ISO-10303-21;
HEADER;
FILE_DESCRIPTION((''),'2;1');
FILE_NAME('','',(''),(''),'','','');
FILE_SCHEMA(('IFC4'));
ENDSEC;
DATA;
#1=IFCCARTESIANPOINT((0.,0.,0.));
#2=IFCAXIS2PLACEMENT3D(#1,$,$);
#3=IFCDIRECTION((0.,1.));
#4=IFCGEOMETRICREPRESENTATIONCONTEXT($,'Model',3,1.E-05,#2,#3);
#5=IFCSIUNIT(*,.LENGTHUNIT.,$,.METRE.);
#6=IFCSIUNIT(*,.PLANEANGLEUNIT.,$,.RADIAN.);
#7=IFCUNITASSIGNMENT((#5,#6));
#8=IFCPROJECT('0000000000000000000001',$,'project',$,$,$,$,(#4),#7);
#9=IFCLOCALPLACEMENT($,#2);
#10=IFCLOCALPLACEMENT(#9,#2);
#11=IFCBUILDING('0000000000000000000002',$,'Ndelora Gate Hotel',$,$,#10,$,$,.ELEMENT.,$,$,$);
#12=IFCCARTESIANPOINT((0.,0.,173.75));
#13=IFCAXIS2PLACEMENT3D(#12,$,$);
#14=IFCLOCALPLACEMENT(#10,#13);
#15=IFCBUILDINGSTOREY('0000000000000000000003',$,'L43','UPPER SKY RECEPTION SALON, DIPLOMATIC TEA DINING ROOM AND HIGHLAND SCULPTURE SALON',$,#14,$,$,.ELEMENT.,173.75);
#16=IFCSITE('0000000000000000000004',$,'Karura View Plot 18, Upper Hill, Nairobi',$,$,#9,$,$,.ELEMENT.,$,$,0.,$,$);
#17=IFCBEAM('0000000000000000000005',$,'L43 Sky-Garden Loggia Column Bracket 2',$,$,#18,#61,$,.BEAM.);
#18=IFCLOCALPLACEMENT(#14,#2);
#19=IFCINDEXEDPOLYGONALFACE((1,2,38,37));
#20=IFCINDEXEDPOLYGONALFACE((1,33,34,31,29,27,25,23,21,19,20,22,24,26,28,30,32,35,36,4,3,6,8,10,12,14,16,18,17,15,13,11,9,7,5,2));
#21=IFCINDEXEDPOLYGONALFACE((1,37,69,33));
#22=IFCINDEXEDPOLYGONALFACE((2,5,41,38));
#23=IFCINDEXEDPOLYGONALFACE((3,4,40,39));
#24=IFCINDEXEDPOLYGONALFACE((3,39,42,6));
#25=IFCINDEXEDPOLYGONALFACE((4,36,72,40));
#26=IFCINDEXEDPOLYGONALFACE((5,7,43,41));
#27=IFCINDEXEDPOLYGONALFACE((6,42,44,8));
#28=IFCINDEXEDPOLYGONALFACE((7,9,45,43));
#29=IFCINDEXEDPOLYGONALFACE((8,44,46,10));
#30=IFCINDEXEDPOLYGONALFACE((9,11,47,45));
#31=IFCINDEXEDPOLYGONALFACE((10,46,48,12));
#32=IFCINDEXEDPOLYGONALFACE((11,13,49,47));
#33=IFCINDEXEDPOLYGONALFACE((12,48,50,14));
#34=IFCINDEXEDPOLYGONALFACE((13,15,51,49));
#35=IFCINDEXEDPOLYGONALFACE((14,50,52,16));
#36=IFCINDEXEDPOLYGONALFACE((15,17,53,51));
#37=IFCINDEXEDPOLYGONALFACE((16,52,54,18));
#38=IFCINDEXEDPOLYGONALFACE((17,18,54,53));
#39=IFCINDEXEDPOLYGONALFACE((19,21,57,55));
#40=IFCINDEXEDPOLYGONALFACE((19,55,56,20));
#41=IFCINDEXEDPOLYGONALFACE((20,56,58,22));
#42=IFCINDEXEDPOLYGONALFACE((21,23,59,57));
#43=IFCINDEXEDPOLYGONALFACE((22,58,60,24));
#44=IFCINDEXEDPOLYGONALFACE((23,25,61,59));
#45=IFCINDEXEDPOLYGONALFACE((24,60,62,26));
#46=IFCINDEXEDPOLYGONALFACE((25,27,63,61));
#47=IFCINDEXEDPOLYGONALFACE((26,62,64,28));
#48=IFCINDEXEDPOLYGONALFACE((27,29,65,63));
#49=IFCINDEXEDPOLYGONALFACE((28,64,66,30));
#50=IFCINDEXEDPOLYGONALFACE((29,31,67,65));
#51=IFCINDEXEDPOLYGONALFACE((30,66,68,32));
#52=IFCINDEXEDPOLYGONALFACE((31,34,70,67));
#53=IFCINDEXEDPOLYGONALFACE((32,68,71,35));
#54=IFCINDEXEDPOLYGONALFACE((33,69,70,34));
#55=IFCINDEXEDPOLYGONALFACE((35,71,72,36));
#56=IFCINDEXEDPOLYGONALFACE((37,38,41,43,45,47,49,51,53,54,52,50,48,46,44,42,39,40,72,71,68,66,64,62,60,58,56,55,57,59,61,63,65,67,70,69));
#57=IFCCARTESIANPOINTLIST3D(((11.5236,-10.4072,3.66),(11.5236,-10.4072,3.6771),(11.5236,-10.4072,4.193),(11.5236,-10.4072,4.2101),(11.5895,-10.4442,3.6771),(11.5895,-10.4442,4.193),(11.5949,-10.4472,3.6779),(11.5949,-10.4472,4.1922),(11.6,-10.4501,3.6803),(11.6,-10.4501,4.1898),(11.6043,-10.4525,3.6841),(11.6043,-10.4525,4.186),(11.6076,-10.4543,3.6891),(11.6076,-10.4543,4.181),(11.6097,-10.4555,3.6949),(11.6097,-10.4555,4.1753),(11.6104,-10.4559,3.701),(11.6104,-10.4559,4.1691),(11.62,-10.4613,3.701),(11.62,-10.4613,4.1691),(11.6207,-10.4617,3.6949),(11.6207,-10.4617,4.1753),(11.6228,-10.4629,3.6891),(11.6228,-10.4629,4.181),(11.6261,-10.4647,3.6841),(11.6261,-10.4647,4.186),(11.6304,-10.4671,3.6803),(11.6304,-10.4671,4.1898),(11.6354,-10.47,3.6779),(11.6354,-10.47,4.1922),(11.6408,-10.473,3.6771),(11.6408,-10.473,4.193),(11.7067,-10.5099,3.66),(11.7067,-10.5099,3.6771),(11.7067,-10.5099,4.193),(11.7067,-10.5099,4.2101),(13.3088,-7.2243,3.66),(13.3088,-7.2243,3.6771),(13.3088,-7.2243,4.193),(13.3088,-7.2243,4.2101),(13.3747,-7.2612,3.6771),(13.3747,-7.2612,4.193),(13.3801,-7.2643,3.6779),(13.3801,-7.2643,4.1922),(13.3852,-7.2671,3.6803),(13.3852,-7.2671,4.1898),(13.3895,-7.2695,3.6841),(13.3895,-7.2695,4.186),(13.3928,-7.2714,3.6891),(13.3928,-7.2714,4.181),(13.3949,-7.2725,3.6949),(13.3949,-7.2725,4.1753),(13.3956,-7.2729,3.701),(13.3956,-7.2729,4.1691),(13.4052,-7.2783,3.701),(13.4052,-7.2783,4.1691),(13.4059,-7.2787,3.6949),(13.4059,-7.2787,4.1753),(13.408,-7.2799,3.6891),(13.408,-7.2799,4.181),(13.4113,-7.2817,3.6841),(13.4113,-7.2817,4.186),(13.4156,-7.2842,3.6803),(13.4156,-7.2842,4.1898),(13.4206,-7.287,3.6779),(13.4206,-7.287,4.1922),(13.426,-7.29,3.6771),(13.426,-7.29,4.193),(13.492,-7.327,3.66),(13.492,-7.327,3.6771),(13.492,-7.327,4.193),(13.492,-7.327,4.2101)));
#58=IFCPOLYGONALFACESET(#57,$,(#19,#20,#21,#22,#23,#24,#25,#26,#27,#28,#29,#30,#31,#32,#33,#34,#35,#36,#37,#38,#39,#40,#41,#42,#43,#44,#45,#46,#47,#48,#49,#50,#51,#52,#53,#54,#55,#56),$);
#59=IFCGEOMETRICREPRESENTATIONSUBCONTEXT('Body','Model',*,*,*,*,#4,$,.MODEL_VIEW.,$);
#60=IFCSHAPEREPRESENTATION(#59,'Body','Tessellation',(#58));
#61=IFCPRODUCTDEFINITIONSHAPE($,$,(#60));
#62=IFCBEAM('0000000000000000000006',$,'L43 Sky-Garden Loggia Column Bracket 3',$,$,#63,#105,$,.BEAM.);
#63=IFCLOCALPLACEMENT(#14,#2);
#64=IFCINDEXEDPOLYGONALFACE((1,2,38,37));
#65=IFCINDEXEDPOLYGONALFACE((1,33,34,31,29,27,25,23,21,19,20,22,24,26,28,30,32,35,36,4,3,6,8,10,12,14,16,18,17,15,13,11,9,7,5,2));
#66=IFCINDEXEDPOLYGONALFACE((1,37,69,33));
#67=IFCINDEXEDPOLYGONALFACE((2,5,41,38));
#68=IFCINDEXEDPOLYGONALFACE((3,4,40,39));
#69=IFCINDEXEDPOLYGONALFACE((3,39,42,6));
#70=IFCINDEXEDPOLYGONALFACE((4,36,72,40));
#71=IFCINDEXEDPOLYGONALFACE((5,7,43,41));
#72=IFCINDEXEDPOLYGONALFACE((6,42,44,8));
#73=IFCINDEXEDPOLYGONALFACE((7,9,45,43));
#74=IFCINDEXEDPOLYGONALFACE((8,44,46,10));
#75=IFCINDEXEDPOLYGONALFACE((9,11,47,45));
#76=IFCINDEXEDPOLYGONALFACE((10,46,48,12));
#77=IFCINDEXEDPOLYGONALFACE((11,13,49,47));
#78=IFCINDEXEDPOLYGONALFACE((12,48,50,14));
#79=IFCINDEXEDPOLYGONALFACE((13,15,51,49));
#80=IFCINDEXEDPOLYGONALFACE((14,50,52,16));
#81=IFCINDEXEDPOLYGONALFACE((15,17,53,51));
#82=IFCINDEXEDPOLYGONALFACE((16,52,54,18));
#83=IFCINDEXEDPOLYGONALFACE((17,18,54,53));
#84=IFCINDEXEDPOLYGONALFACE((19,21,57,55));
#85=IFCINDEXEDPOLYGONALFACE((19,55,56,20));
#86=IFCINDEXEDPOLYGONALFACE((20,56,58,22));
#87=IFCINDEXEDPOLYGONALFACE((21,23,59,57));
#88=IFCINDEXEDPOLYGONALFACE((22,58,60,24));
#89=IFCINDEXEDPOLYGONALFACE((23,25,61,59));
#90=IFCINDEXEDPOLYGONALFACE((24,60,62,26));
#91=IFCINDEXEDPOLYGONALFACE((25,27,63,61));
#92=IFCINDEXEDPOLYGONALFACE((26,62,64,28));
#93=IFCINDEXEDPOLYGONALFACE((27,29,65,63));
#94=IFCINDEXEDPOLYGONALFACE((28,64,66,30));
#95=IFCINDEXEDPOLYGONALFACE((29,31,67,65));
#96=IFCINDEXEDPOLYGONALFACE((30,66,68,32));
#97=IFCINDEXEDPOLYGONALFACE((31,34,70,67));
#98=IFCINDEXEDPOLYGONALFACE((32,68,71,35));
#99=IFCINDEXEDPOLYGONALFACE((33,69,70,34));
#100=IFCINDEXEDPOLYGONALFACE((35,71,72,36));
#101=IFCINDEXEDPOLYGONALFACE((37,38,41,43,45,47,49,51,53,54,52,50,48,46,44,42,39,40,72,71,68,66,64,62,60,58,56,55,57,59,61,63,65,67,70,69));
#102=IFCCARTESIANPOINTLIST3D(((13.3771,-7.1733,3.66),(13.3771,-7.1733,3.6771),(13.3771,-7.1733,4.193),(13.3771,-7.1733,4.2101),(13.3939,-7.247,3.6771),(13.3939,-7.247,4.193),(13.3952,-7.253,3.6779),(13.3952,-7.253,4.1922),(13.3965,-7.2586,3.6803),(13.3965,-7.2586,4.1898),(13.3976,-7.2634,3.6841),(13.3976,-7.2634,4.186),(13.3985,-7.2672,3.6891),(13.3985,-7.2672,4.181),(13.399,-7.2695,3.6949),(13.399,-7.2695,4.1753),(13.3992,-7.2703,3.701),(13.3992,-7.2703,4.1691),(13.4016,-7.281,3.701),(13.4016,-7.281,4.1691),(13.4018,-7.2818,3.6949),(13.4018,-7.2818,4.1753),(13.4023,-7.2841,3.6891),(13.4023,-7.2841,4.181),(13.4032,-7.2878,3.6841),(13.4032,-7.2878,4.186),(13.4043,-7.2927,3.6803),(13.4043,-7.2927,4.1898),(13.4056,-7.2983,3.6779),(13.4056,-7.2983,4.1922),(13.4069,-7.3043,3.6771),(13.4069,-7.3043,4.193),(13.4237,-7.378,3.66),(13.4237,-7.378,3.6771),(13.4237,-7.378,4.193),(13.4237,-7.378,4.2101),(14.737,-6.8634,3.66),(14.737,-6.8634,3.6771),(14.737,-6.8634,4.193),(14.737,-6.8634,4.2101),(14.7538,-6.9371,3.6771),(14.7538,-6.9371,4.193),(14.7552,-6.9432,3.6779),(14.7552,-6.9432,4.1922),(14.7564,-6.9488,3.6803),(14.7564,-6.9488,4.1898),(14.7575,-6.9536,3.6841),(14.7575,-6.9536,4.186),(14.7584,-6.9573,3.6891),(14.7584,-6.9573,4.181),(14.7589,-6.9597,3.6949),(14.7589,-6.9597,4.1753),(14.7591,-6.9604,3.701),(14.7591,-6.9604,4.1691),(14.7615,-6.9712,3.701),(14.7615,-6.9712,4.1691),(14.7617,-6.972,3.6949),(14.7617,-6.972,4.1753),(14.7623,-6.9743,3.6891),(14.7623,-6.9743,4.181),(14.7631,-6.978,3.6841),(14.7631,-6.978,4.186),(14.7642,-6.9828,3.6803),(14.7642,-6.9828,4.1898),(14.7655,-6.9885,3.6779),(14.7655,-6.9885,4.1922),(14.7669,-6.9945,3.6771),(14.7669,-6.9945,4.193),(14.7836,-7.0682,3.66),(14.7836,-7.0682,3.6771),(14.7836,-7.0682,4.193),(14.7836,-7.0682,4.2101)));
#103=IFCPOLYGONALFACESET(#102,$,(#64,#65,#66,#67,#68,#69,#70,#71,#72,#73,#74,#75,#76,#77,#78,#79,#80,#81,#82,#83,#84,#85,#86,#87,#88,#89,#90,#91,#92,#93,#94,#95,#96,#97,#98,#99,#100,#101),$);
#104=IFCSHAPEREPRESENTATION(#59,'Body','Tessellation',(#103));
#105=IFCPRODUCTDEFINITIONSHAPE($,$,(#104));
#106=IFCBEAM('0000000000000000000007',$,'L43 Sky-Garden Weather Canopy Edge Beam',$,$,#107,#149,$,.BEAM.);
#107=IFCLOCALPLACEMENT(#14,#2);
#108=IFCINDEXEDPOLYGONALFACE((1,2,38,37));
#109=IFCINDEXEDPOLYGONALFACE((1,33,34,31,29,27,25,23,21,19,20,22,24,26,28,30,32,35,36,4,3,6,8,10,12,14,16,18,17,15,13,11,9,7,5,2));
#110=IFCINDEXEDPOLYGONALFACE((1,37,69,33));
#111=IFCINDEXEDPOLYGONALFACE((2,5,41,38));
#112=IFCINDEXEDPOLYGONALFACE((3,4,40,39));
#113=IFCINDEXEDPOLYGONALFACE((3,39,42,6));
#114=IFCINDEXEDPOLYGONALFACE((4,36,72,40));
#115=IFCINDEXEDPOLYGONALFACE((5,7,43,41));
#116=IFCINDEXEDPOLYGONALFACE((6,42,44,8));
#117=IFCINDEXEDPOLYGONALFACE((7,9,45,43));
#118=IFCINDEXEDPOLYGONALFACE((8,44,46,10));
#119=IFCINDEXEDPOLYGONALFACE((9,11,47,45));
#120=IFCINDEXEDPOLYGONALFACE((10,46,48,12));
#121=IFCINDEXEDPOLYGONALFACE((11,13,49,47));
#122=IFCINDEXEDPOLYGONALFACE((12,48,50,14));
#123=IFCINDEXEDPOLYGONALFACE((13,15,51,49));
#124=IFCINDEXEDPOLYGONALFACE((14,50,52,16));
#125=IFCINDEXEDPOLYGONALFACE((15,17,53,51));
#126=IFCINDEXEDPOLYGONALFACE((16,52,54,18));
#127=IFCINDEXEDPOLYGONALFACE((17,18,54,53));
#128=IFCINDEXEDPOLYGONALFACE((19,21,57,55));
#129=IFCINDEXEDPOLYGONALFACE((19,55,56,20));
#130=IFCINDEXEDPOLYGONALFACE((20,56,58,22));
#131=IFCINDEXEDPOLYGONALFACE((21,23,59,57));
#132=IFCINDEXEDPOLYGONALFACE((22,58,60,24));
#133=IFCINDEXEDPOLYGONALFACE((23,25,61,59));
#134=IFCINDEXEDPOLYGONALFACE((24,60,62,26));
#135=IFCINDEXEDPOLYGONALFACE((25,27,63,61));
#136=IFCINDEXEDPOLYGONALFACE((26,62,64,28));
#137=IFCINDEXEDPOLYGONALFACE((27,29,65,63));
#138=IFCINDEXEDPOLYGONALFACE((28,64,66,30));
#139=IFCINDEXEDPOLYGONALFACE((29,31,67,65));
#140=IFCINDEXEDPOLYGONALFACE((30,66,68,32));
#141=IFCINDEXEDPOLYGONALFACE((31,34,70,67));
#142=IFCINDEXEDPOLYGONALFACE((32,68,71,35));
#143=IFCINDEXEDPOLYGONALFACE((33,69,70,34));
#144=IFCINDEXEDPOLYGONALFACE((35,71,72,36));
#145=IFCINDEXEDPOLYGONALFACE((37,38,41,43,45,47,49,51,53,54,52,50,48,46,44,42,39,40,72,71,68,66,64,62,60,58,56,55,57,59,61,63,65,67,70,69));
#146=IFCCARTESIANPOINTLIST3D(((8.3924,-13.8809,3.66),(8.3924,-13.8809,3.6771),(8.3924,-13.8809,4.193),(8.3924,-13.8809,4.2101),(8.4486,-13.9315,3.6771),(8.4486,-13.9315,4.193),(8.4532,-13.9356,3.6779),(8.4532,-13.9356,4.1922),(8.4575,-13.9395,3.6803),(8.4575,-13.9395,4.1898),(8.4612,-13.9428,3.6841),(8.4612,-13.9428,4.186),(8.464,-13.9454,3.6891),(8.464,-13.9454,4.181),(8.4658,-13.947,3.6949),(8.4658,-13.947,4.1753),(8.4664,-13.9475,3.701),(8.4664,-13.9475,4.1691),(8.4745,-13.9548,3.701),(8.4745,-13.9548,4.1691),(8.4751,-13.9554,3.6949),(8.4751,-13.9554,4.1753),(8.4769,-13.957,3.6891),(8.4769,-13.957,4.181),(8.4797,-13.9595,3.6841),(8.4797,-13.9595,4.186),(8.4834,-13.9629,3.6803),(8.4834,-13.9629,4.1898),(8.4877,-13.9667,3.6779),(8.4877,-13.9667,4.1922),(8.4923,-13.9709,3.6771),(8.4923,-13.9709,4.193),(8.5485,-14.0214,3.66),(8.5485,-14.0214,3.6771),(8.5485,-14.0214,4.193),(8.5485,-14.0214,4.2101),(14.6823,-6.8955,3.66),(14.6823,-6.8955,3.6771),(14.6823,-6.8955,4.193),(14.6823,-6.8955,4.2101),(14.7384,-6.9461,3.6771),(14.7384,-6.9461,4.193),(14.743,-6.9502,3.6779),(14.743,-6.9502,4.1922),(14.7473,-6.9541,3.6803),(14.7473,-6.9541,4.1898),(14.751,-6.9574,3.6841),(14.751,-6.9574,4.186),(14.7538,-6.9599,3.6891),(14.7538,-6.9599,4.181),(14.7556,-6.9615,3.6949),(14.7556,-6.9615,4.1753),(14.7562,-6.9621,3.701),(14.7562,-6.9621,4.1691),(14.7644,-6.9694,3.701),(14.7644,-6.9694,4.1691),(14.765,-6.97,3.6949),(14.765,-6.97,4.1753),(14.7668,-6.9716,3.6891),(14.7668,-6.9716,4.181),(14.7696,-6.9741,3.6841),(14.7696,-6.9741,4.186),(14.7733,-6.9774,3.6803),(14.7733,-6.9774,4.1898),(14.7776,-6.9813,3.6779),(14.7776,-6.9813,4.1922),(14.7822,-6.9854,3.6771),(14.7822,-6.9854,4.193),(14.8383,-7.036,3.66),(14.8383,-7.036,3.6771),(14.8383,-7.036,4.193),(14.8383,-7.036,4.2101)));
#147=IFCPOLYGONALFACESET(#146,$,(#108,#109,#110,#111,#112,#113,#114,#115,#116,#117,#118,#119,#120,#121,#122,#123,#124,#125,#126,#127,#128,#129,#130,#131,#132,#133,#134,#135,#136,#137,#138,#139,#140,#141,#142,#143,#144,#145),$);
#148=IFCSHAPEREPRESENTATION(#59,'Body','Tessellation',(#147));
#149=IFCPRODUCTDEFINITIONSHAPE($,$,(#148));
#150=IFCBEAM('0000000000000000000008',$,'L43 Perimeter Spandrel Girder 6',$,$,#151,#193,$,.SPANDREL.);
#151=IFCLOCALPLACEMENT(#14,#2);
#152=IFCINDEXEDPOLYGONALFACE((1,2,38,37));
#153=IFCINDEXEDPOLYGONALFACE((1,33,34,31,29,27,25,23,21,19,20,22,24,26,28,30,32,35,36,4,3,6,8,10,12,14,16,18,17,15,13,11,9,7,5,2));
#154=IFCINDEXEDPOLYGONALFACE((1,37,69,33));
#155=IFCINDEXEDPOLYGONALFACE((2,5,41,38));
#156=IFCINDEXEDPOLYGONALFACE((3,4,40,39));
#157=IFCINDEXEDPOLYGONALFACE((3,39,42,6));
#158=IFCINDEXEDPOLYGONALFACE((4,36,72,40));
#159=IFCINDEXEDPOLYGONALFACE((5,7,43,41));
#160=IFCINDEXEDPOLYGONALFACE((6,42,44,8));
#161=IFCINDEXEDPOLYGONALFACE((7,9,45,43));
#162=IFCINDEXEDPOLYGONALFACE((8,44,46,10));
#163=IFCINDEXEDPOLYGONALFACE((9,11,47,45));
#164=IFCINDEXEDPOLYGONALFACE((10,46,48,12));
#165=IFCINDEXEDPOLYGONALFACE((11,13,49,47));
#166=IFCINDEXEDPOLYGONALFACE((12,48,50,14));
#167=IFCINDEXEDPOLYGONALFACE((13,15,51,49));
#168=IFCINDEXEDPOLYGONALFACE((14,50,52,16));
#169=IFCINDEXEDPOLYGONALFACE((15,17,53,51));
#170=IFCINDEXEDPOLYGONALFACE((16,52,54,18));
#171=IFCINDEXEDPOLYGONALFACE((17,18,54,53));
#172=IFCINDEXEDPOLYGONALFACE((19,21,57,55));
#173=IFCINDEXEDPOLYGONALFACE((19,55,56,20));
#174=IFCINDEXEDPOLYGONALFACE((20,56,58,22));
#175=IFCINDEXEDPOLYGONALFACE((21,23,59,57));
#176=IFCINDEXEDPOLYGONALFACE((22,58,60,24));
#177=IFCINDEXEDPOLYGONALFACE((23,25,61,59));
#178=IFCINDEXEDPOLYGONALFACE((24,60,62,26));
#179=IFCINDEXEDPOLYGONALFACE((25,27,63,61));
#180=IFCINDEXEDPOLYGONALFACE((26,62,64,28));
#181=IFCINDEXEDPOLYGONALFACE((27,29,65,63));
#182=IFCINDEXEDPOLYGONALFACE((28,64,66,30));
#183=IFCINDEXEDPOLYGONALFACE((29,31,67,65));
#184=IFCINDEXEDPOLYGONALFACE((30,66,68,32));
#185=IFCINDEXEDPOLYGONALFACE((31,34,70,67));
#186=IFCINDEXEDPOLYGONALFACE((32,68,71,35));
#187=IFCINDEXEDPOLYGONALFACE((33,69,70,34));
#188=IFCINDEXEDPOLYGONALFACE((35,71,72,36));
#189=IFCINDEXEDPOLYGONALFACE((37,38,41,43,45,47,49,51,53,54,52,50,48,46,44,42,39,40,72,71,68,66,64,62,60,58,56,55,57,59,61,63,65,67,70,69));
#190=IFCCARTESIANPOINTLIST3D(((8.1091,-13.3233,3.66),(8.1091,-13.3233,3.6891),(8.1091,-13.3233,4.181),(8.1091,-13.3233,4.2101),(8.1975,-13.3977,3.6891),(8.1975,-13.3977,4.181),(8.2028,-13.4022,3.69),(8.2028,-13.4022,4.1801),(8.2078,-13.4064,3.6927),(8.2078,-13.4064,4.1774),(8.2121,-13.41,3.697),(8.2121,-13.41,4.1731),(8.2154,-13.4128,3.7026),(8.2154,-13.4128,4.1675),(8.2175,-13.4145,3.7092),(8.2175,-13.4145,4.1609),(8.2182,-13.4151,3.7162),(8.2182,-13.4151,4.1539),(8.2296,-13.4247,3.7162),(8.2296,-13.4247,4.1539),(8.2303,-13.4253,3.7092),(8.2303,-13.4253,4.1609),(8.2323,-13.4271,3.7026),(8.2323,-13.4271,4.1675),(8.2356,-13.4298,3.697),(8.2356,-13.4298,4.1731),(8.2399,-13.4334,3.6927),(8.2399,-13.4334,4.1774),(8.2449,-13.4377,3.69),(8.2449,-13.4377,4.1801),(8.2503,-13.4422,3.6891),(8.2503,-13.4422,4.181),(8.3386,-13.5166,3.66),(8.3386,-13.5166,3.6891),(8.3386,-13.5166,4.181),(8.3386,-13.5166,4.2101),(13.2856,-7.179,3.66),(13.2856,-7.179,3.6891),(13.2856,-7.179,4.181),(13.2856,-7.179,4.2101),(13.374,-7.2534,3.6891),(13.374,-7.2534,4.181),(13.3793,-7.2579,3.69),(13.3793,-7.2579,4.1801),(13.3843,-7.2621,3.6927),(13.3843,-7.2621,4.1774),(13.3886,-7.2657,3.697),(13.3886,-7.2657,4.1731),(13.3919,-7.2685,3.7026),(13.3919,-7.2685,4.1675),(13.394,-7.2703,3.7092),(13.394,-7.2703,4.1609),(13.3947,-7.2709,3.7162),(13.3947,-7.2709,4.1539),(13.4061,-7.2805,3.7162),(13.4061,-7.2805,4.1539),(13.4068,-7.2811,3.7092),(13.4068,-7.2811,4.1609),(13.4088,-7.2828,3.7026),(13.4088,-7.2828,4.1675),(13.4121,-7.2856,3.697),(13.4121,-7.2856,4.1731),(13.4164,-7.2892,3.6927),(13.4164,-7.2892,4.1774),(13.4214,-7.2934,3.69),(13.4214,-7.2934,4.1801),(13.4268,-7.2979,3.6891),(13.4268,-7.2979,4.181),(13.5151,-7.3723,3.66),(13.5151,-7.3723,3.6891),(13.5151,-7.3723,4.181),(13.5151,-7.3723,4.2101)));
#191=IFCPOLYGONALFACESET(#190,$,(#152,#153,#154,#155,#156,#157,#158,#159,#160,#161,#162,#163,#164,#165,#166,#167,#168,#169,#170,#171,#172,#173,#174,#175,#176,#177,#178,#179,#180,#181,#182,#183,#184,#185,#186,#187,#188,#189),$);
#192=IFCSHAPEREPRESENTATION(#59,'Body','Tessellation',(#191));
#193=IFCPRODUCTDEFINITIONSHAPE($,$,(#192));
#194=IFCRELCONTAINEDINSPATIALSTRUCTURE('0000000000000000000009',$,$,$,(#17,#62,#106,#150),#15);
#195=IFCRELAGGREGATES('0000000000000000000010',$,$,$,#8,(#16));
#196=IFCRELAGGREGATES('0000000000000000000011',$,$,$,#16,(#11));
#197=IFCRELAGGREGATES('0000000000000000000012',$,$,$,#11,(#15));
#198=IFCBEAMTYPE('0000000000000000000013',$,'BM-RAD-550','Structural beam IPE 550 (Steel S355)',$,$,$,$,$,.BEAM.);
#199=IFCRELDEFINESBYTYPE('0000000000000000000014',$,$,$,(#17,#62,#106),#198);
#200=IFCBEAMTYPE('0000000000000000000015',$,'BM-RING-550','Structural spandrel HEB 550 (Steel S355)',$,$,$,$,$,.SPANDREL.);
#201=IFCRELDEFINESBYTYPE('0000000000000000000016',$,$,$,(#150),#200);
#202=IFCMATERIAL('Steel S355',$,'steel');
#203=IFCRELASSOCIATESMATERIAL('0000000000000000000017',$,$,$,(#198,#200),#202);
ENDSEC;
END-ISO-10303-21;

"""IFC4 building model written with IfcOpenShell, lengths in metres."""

from ifc_helpers import new_model, si_unit, direction, frame, origin, origin_2d, place, context, subcontext, project, spatial, i_section, extrude, material, material_profile, profile_set, type_object, element, save


model = new_model("IFC4")

# Units and contexts
model_context = context("Model", 3, precision=1e-05, world=origin(), true_north=direction((0.0, 1.0)))
body_context = subcontext(model_context, "Body", "Model", "MODEL_VIEW")
ifc_project = project(units=[si_unit("LENGTHUNIT", "METRE"), si_unit("PLANEANGLEUNIT", "RADIAN")], contexts=[model_context])

# Site, building, storey
site_placement = place(None, origin())
site = spatial("IfcSite", under=ifc_project, at=site_placement, Name="Karura View Plot 18, Upper Hill, Nairobi", CompositionType="ELEMENT", RefElevation=0.0)
building_placement = place(site_placement, origin())
building = spatial("IfcBuilding", under=site, at=building_placement, Name="Ndelora Gate Hotel", CompositionType="ELEMENT")
storey_placement = place(building_placement, frame((0.0, 0.0, 173.75)))
storey = spatial("IfcBuildingStorey", under=building, at=storey_placement, Name="L43", Description="UPPER SKY RECEPTION SALON, DIPLOMATIC TEA DINING ROOM AND HIGHLAND SCULPTURE SALON", CompositionType="ELEMENT", Elevation=173.75)

# Beams
ifc_material_1 = material(Name="Steel S355", Category="steel")
ifc_material_profile_1 = material_profile(ifc_material_1, i_section(OverallWidth=0.21, OverallDepth=0.55, WebThickness=0.011, FlangeThickness=0.0171, FilletRadius=0.0239, at=origin_2d()), Name="IPE 550")
ifc_profile_set_1 = profile_set([ifc_material_profile_1], Name="Steel S355")
beam_type_1 = type_object("IfcBeamType", Name="BM-RAD-550", Description="Structural beam IPE 550 (Steel S355)", PredefinedType="BEAM", material=ifc_profile_set_1)
beam_1_placement = place(storey_placement, frame((13.4004, -7.2756, 3.9351), z_axis=(-0.489178, -0.872184, 0.0), x_axis=(0.872184, -0.489178, 0.0)))
element("IfcBeam", 1, at=beam_1_placement, inside=storey, type_object=beam_type_1, Name="L43 Sky-Garden Loggia Column Bracket 2", PredefinedType="BEAM", context=body_context, shape_type="SweptSolid", body=[
    extrude(i_section(OverallWidth=0.21, OverallDepth=0.55, WebThickness=0.011, FlangeThickness=0.0171, FilletRadius=0.0239, at=origin_2d()), origin(), (0.0, 0.0, 1.0), 3.6494),
])
beam_2_placement = place(storey_placement, frame((13.4004, -7.2756, 3.9351), z_axis=(0.975016, 0.222136, 0.0), x_axis=(-0.222136, 0.975016, 0.0)))
element("IfcBeam", 2, at=beam_2_placement, inside=storey, type_object=beam_type_1, Name="L43 Sky-Garden Loggia Column Bracket 3", PredefinedType="BEAM", context=body_context, shape_type="SweptSolid", body=[
    extrude(i_section(OverallWidth=0.21, OverallDepth=0.55, WebThickness=0.011, FlangeThickness=0.0171, FilletRadius=0.0239, at=origin_2d()), origin(), (0.0, 0.0, 1.0), 1.3948),
])
beam_3_placement = place(storey_placement, frame((8.4705, -13.9512, 3.9351), z_axis=(0.66914, 0.743137, 0.0), x_axis=(-0.743137, 0.66914, 0.0)))
element("IfcBeam", 3, at=beam_3_placement, inside=storey, type_object=beam_type_1, Name="L43 Sky-Garden Weather Canopy Edge Beam", PredefinedType="BEAM", context=body_context, shape_type="SweptSolid", body=[
    extrude(i_section(OverallWidth=0.21, OverallDepth=0.55, WebThickness=0.011, FlangeThickness=0.0171, FilletRadius=0.0239, at=origin_2d()), origin(), (0.0, 0.0, 1.0), 9.3999),
])
ifc_material_profile_2 = material_profile(ifc_material_1, i_section(OverallWidth=0.3, OverallDepth=0.55, WebThickness=0.0149, FlangeThickness=0.0291, FilletRadius=0.0271, at=origin_2d()), Name="HEB 550")
ifc_profile_set_2 = profile_set([ifc_material_profile_2], Name="Steel S355")
beam_type_2 = type_object("IfcBeamType", Name="BM-RING-550", Description="Structural spandrel HEB 550 (Steel S355)", PredefinedType="SPANDREL", material=ifc_profile_set_2)
beam_4_placement = place(storey_placement, frame((8.2239, -13.4199, 3.9351), z_axis=(0.644309, 0.764765, 0.0), x_axis=(-0.764765, 0.644309, 0.0)))
element("IfcBeam", 4, at=beam_4_placement, inside=storey, type_object=beam_type_2, Name="L43 Perimeter Spandrel Girder 6", PredefinedType="SPANDREL", context=body_context, shape_type="SweptSolid", body=[
    extrude(i_section(OverallWidth=0.3, OverallDepth=0.55, WebThickness=0.0149, FlangeThickness=0.0291, FilletRadius=0.0271, at=origin_2d()), origin(), (0.0, 0.0, 1.0), 8.0342),
])

save(model, "model.ifc")
